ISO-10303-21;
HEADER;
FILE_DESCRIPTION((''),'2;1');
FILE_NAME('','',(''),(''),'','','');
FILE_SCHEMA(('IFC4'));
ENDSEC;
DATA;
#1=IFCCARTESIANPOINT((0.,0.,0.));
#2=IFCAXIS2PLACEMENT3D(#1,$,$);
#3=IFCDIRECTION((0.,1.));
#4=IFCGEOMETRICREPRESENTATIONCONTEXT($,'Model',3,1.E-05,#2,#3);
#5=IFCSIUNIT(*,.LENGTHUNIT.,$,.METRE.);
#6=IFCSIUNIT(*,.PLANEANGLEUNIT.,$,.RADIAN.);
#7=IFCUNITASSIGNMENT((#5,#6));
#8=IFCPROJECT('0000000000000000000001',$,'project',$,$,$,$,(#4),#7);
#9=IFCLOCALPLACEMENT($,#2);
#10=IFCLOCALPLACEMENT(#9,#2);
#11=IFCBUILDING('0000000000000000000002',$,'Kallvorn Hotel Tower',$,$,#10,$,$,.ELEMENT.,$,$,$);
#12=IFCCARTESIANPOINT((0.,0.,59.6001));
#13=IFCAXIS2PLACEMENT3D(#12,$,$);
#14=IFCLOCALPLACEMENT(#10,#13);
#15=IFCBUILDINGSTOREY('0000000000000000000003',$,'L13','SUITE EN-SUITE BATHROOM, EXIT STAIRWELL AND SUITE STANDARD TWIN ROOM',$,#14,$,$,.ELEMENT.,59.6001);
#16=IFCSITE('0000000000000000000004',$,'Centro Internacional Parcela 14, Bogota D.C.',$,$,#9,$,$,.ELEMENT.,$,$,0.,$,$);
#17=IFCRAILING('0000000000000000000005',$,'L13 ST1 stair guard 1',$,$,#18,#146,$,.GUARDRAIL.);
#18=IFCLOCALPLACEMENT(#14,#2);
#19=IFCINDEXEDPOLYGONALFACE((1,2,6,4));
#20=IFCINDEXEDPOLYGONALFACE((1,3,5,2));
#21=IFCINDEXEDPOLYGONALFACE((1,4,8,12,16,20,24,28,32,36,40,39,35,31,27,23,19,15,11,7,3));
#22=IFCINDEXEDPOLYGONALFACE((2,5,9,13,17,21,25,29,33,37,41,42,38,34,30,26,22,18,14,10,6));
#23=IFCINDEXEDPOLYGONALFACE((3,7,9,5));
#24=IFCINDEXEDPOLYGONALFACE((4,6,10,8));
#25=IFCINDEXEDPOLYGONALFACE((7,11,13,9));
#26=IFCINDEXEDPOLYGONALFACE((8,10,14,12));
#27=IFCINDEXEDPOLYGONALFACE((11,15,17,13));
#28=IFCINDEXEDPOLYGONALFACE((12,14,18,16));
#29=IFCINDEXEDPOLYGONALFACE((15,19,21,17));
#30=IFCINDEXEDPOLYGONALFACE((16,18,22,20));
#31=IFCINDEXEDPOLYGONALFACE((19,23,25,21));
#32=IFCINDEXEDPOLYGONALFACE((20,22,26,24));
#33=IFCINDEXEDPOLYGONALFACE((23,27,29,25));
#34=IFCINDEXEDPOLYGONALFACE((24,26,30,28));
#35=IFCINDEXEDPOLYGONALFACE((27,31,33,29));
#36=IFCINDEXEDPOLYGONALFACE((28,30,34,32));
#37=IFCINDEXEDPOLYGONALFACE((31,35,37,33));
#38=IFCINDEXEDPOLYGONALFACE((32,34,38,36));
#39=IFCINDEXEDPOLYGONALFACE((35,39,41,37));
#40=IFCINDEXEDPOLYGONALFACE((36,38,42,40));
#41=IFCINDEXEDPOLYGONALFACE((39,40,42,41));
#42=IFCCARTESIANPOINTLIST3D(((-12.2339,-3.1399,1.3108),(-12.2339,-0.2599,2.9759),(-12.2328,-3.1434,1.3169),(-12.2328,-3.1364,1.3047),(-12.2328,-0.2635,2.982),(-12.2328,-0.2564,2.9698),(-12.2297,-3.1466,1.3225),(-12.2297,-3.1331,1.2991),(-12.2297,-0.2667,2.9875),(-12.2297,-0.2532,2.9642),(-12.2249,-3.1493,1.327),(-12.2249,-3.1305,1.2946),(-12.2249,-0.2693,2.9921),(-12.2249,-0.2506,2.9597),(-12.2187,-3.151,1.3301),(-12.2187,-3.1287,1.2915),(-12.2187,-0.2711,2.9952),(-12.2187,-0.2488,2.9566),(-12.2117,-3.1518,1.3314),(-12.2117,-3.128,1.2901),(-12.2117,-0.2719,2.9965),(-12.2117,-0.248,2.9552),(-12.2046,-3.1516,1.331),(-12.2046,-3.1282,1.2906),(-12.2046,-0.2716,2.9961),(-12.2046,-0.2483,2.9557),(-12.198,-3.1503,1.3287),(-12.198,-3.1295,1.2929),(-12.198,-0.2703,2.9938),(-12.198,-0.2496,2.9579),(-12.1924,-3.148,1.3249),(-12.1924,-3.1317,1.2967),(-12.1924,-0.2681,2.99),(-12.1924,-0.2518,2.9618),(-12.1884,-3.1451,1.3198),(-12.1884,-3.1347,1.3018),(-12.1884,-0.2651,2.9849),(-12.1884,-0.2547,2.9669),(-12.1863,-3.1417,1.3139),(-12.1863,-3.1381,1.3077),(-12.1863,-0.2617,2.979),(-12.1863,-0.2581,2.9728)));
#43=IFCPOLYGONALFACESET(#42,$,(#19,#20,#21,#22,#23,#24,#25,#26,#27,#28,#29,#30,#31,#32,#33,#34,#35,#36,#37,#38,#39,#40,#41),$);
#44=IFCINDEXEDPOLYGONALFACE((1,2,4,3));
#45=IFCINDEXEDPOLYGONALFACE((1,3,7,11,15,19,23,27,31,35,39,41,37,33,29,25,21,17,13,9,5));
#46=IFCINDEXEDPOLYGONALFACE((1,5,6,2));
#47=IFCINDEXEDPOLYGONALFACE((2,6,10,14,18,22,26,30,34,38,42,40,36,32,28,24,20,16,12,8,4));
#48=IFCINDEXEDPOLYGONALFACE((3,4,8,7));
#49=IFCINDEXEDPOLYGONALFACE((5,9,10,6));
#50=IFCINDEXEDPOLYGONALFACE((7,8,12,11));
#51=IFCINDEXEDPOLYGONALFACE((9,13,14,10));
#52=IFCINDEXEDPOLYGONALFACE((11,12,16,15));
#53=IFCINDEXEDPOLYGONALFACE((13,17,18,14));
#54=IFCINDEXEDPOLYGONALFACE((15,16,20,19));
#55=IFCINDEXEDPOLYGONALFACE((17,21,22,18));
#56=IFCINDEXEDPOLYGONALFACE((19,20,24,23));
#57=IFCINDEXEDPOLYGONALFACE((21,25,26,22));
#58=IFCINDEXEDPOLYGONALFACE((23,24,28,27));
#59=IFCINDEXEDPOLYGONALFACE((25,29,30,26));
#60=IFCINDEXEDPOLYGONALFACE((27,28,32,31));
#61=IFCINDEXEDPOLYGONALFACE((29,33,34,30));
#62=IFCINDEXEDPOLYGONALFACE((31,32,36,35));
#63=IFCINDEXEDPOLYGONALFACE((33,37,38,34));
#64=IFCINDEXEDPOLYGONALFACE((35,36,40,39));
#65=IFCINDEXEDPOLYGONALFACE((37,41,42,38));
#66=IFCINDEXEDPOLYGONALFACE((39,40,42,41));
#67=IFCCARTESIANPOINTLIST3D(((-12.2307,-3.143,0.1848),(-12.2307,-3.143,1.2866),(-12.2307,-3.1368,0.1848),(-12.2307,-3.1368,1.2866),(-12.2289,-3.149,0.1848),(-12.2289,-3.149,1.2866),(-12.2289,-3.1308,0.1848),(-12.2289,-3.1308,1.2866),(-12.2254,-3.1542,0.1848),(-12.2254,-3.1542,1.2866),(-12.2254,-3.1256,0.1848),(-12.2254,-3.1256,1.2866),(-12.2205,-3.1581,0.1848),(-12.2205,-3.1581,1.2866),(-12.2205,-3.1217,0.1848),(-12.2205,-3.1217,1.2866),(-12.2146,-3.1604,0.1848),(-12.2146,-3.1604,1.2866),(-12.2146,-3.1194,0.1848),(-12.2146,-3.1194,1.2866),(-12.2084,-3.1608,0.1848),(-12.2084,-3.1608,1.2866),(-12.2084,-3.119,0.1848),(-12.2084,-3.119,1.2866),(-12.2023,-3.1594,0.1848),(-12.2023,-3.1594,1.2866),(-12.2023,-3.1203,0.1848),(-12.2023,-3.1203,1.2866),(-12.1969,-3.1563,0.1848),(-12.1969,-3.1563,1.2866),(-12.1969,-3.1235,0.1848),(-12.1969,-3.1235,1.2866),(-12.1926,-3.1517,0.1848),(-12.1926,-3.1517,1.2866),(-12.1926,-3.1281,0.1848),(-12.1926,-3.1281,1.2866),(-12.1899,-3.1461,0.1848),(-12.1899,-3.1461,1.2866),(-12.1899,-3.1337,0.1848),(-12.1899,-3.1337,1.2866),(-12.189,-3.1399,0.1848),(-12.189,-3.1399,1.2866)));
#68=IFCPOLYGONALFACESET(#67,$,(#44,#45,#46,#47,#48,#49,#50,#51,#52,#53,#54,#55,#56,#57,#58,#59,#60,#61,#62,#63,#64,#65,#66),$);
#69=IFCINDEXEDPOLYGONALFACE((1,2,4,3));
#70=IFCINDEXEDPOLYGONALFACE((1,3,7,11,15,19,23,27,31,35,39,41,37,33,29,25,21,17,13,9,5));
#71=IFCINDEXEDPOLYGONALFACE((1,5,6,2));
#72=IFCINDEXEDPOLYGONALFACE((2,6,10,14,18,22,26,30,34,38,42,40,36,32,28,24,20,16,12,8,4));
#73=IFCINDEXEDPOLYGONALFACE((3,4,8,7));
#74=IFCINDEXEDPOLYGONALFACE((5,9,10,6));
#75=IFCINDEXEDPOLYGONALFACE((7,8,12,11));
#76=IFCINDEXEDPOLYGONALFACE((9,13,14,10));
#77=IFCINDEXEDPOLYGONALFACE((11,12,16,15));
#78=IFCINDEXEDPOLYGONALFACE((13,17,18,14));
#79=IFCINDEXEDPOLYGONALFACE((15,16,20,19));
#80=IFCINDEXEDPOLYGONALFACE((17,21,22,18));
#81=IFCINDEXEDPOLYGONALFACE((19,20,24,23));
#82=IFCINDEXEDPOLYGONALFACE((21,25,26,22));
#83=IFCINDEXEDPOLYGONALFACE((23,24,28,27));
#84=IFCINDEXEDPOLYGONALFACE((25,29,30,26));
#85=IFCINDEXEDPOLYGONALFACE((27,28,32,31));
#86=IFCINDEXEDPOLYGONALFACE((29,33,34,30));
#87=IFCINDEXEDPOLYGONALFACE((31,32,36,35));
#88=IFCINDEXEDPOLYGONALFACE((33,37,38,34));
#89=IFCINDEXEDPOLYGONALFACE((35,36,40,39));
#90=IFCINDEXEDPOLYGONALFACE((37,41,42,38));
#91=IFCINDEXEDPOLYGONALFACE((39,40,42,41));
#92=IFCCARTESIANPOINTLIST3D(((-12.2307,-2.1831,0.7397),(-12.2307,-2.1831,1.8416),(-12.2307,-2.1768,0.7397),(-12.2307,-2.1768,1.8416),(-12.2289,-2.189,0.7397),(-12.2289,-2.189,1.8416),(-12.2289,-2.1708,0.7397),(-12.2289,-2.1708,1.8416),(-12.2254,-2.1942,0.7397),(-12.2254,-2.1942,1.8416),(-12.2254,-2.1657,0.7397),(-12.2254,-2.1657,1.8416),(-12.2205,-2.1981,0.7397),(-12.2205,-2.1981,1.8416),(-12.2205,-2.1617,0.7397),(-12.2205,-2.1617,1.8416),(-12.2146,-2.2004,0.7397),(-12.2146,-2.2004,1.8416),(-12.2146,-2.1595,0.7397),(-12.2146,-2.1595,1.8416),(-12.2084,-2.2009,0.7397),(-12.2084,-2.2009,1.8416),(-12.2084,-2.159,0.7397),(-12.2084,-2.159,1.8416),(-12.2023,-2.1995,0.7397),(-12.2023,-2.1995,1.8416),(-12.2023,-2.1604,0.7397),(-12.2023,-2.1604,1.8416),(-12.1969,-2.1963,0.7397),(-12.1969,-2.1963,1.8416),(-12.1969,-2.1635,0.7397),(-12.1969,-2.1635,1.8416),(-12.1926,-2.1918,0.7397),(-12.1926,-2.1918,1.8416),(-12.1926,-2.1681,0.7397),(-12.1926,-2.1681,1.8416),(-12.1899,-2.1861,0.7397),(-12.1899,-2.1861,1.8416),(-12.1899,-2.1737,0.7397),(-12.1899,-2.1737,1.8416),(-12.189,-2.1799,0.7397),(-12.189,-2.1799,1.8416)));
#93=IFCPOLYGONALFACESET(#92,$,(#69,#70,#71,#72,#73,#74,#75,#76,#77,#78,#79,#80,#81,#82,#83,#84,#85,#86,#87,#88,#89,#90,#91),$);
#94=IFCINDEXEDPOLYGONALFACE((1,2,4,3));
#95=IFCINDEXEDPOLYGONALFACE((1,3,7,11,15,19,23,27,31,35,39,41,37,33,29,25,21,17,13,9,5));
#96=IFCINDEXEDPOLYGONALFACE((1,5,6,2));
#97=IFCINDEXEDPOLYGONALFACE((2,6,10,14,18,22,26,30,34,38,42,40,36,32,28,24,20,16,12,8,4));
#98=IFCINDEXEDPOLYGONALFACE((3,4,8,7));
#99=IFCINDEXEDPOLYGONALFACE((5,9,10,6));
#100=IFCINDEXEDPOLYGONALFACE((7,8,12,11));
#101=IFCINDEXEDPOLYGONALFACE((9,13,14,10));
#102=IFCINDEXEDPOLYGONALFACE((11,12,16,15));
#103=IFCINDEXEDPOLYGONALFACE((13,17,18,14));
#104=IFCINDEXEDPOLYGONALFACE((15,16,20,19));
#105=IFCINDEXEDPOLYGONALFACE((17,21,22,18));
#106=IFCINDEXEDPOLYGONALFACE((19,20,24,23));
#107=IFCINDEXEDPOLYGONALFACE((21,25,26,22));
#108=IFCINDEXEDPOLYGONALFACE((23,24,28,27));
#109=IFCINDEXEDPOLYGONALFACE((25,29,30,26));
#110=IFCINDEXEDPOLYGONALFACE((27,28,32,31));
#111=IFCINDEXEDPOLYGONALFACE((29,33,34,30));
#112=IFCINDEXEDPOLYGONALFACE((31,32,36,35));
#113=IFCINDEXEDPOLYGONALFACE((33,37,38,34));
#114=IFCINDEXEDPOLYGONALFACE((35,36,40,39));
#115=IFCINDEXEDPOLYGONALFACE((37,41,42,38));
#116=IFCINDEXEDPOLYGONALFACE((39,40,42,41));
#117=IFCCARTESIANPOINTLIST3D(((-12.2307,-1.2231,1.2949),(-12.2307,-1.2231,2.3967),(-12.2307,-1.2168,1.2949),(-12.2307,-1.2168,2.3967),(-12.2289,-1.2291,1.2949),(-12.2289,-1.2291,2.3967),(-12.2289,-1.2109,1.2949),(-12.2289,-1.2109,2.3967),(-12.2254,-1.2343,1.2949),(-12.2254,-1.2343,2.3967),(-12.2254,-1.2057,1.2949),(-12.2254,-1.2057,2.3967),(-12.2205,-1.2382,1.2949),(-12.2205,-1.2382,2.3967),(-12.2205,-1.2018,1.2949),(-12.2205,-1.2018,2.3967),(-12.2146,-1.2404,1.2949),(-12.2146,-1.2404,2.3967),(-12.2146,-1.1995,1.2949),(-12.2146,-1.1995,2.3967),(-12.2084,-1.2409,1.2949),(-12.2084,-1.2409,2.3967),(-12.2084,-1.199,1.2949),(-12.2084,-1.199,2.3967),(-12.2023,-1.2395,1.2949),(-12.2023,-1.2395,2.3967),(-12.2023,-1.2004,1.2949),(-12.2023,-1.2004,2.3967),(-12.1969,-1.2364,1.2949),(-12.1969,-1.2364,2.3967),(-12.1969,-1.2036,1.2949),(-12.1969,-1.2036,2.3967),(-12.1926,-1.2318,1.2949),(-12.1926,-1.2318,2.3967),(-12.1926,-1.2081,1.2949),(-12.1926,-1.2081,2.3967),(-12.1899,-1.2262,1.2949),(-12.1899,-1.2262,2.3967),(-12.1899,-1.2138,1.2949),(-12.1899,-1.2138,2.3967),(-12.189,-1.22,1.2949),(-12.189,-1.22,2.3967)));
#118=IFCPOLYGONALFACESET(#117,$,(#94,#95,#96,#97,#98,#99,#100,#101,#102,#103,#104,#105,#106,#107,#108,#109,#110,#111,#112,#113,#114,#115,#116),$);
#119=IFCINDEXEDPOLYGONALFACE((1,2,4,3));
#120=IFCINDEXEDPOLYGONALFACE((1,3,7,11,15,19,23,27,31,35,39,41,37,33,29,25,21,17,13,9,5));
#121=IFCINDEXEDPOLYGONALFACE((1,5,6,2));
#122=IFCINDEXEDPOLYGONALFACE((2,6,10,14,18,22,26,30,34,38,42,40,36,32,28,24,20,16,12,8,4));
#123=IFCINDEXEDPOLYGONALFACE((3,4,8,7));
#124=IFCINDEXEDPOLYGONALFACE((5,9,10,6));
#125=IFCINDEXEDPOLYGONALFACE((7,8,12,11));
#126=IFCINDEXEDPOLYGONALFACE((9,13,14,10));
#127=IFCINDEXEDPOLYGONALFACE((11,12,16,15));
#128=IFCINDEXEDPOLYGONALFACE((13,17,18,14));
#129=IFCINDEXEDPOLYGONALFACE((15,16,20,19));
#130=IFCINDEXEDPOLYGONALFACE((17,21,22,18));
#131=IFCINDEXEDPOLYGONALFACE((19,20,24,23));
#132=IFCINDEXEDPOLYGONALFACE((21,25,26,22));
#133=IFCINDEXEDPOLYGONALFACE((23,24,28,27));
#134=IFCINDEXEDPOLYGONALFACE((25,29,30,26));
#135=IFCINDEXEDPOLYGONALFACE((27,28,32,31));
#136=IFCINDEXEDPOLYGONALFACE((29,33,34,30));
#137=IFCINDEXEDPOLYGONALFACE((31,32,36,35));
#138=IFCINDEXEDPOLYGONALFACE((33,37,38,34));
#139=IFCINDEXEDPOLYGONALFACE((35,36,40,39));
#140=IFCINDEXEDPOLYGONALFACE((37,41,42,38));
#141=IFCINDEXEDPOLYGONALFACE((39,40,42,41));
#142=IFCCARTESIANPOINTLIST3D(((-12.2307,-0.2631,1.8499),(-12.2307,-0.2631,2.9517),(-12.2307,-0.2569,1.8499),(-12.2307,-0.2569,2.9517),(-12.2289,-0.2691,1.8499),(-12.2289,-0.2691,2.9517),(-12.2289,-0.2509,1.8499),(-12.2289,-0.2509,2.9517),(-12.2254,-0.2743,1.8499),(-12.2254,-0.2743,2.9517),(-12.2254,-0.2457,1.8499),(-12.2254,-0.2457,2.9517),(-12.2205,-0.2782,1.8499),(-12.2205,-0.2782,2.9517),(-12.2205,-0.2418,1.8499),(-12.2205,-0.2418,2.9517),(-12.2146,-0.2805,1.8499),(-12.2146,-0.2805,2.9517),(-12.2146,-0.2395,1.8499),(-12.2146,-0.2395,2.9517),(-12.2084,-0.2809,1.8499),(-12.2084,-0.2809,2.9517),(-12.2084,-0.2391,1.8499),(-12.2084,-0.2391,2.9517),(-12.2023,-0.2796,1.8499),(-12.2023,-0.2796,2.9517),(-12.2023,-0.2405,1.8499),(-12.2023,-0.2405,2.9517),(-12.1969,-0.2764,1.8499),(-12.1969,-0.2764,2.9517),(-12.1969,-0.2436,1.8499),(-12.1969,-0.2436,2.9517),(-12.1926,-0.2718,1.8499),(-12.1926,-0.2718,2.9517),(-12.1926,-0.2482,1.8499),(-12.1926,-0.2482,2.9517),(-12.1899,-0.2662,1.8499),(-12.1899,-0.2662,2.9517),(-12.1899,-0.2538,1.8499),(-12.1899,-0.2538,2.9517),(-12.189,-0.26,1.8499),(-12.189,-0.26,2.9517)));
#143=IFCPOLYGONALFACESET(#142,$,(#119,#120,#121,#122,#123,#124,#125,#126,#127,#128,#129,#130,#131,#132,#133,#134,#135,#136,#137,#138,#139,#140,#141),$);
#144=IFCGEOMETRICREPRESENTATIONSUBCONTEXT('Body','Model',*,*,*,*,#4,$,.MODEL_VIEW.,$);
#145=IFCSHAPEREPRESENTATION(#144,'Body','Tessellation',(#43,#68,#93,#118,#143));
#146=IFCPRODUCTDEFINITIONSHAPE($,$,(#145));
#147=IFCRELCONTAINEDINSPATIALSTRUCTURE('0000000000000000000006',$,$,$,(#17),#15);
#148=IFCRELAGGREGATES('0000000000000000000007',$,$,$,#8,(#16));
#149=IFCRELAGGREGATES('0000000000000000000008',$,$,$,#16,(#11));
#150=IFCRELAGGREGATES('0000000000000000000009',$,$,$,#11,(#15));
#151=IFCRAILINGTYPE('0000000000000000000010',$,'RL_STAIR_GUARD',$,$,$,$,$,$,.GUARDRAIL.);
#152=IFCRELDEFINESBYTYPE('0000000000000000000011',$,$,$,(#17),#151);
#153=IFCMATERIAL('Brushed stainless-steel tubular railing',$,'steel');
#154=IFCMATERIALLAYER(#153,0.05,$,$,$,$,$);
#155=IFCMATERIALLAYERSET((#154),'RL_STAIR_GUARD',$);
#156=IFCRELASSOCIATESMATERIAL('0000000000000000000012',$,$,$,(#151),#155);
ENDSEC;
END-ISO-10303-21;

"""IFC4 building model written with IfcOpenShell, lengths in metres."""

from ifc_helpers import new_model, si_unit, direction, frame, origin, origin_2d, place, context, subcontext, project, spatial, circle, extrude, material, layer, layer_set, type_object, element, save


model = new_model("IFC4")

# Units and contexts
model_context = context("Model", 3, precision=1e-05, world=origin(), true_north=direction((0.0, 1.0)))
body_context = subcontext(model_context, "Body", "Model", "MODEL_VIEW")
ifc_project = project(units=[si_unit("LENGTHUNIT", "METRE"), si_unit("PLANEANGLEUNIT", "RADIAN")], contexts=[model_context])

# Site, building, storey
site_placement = place(None, origin())
site = spatial("IfcSite", under=ifc_project, at=site_placement, Name="Centro Internacional Parcela 14, Bogota D.C.", CompositionType="ELEMENT", RefElevation=0.0)
building_placement = place(site_placement, origin())
building = spatial("IfcBuilding", under=site, at=building_placement, Name="Kallvorn Hotel Tower", CompositionType="ELEMENT")
storey_placement = place(building_placement, frame((0.0, 0.0, 59.6001)))
storey = spatial("IfcBuildingStorey", under=building, at=storey_placement, Name="L13", Description="SUITE EN-SUITE BATHROOM, EXIT STAIRWELL AND SUITE STANDARD TWIN ROOM", CompositionType="ELEMENT", Elevation=59.6001)

# Railing
ifc_material_1 = material(Name="Brushed stainless-steel tubular railing", Category="steel")
ifc_layer_1 = layer(ifc_material_1, 0.05)
ifc_layer_set_1 = layer_set([ifc_layer_1], Name="RL_STAIR_GUARD")
railing_type_1 = type_object("IfcRailingType", Name="RL_STAIR_GUARD", PredefinedType="GUARDRAIL", material=ifc_layer_set_1)
railing_1_placement = place(storey_placement, frame((-12.21, -3.1399, 0.1848)))
element("IfcRailing", 1, at=railing_1_placement, inside=storey, type_object=railing_type_1, Name="L13 ST1 stair guard 1", PredefinedType="GUARDRAIL", context=body_context, shape_type="SweptSolid", body=[
    extrude(circle(Radius=0.0239, at=origin_2d()), frame((0.0, 0.0, 1.126), z_axis=(0.0, 0.865721, 0.500527), x_axis=(-1.0, 0.0, 0.0)), (0.0, 0.0, 1.0), 3.3267),
    extrude(circle(Radius=0.021, at=origin_2d()), origin(), (0.0, 0.0, 1.0), 1.1018),
    extrude(circle(Radius=0.021, at=origin_2d()), frame((0.0, 0.96, 0.5549)), (0.0, 0.0, 1.0), 1.1018),
    extrude(circle(Radius=0.021, at=origin_2d()), frame((0.0, 1.9199, 1.1101)), (0.0, 0.0, 1.0), 1.1018),
    extrude(circle(Radius=0.021, at=origin_2d()), frame((0.0, 2.8799, 1.665)), (0.0, 0.0, 1.0), 1.1018),
])

save(model, "model.ifc")
